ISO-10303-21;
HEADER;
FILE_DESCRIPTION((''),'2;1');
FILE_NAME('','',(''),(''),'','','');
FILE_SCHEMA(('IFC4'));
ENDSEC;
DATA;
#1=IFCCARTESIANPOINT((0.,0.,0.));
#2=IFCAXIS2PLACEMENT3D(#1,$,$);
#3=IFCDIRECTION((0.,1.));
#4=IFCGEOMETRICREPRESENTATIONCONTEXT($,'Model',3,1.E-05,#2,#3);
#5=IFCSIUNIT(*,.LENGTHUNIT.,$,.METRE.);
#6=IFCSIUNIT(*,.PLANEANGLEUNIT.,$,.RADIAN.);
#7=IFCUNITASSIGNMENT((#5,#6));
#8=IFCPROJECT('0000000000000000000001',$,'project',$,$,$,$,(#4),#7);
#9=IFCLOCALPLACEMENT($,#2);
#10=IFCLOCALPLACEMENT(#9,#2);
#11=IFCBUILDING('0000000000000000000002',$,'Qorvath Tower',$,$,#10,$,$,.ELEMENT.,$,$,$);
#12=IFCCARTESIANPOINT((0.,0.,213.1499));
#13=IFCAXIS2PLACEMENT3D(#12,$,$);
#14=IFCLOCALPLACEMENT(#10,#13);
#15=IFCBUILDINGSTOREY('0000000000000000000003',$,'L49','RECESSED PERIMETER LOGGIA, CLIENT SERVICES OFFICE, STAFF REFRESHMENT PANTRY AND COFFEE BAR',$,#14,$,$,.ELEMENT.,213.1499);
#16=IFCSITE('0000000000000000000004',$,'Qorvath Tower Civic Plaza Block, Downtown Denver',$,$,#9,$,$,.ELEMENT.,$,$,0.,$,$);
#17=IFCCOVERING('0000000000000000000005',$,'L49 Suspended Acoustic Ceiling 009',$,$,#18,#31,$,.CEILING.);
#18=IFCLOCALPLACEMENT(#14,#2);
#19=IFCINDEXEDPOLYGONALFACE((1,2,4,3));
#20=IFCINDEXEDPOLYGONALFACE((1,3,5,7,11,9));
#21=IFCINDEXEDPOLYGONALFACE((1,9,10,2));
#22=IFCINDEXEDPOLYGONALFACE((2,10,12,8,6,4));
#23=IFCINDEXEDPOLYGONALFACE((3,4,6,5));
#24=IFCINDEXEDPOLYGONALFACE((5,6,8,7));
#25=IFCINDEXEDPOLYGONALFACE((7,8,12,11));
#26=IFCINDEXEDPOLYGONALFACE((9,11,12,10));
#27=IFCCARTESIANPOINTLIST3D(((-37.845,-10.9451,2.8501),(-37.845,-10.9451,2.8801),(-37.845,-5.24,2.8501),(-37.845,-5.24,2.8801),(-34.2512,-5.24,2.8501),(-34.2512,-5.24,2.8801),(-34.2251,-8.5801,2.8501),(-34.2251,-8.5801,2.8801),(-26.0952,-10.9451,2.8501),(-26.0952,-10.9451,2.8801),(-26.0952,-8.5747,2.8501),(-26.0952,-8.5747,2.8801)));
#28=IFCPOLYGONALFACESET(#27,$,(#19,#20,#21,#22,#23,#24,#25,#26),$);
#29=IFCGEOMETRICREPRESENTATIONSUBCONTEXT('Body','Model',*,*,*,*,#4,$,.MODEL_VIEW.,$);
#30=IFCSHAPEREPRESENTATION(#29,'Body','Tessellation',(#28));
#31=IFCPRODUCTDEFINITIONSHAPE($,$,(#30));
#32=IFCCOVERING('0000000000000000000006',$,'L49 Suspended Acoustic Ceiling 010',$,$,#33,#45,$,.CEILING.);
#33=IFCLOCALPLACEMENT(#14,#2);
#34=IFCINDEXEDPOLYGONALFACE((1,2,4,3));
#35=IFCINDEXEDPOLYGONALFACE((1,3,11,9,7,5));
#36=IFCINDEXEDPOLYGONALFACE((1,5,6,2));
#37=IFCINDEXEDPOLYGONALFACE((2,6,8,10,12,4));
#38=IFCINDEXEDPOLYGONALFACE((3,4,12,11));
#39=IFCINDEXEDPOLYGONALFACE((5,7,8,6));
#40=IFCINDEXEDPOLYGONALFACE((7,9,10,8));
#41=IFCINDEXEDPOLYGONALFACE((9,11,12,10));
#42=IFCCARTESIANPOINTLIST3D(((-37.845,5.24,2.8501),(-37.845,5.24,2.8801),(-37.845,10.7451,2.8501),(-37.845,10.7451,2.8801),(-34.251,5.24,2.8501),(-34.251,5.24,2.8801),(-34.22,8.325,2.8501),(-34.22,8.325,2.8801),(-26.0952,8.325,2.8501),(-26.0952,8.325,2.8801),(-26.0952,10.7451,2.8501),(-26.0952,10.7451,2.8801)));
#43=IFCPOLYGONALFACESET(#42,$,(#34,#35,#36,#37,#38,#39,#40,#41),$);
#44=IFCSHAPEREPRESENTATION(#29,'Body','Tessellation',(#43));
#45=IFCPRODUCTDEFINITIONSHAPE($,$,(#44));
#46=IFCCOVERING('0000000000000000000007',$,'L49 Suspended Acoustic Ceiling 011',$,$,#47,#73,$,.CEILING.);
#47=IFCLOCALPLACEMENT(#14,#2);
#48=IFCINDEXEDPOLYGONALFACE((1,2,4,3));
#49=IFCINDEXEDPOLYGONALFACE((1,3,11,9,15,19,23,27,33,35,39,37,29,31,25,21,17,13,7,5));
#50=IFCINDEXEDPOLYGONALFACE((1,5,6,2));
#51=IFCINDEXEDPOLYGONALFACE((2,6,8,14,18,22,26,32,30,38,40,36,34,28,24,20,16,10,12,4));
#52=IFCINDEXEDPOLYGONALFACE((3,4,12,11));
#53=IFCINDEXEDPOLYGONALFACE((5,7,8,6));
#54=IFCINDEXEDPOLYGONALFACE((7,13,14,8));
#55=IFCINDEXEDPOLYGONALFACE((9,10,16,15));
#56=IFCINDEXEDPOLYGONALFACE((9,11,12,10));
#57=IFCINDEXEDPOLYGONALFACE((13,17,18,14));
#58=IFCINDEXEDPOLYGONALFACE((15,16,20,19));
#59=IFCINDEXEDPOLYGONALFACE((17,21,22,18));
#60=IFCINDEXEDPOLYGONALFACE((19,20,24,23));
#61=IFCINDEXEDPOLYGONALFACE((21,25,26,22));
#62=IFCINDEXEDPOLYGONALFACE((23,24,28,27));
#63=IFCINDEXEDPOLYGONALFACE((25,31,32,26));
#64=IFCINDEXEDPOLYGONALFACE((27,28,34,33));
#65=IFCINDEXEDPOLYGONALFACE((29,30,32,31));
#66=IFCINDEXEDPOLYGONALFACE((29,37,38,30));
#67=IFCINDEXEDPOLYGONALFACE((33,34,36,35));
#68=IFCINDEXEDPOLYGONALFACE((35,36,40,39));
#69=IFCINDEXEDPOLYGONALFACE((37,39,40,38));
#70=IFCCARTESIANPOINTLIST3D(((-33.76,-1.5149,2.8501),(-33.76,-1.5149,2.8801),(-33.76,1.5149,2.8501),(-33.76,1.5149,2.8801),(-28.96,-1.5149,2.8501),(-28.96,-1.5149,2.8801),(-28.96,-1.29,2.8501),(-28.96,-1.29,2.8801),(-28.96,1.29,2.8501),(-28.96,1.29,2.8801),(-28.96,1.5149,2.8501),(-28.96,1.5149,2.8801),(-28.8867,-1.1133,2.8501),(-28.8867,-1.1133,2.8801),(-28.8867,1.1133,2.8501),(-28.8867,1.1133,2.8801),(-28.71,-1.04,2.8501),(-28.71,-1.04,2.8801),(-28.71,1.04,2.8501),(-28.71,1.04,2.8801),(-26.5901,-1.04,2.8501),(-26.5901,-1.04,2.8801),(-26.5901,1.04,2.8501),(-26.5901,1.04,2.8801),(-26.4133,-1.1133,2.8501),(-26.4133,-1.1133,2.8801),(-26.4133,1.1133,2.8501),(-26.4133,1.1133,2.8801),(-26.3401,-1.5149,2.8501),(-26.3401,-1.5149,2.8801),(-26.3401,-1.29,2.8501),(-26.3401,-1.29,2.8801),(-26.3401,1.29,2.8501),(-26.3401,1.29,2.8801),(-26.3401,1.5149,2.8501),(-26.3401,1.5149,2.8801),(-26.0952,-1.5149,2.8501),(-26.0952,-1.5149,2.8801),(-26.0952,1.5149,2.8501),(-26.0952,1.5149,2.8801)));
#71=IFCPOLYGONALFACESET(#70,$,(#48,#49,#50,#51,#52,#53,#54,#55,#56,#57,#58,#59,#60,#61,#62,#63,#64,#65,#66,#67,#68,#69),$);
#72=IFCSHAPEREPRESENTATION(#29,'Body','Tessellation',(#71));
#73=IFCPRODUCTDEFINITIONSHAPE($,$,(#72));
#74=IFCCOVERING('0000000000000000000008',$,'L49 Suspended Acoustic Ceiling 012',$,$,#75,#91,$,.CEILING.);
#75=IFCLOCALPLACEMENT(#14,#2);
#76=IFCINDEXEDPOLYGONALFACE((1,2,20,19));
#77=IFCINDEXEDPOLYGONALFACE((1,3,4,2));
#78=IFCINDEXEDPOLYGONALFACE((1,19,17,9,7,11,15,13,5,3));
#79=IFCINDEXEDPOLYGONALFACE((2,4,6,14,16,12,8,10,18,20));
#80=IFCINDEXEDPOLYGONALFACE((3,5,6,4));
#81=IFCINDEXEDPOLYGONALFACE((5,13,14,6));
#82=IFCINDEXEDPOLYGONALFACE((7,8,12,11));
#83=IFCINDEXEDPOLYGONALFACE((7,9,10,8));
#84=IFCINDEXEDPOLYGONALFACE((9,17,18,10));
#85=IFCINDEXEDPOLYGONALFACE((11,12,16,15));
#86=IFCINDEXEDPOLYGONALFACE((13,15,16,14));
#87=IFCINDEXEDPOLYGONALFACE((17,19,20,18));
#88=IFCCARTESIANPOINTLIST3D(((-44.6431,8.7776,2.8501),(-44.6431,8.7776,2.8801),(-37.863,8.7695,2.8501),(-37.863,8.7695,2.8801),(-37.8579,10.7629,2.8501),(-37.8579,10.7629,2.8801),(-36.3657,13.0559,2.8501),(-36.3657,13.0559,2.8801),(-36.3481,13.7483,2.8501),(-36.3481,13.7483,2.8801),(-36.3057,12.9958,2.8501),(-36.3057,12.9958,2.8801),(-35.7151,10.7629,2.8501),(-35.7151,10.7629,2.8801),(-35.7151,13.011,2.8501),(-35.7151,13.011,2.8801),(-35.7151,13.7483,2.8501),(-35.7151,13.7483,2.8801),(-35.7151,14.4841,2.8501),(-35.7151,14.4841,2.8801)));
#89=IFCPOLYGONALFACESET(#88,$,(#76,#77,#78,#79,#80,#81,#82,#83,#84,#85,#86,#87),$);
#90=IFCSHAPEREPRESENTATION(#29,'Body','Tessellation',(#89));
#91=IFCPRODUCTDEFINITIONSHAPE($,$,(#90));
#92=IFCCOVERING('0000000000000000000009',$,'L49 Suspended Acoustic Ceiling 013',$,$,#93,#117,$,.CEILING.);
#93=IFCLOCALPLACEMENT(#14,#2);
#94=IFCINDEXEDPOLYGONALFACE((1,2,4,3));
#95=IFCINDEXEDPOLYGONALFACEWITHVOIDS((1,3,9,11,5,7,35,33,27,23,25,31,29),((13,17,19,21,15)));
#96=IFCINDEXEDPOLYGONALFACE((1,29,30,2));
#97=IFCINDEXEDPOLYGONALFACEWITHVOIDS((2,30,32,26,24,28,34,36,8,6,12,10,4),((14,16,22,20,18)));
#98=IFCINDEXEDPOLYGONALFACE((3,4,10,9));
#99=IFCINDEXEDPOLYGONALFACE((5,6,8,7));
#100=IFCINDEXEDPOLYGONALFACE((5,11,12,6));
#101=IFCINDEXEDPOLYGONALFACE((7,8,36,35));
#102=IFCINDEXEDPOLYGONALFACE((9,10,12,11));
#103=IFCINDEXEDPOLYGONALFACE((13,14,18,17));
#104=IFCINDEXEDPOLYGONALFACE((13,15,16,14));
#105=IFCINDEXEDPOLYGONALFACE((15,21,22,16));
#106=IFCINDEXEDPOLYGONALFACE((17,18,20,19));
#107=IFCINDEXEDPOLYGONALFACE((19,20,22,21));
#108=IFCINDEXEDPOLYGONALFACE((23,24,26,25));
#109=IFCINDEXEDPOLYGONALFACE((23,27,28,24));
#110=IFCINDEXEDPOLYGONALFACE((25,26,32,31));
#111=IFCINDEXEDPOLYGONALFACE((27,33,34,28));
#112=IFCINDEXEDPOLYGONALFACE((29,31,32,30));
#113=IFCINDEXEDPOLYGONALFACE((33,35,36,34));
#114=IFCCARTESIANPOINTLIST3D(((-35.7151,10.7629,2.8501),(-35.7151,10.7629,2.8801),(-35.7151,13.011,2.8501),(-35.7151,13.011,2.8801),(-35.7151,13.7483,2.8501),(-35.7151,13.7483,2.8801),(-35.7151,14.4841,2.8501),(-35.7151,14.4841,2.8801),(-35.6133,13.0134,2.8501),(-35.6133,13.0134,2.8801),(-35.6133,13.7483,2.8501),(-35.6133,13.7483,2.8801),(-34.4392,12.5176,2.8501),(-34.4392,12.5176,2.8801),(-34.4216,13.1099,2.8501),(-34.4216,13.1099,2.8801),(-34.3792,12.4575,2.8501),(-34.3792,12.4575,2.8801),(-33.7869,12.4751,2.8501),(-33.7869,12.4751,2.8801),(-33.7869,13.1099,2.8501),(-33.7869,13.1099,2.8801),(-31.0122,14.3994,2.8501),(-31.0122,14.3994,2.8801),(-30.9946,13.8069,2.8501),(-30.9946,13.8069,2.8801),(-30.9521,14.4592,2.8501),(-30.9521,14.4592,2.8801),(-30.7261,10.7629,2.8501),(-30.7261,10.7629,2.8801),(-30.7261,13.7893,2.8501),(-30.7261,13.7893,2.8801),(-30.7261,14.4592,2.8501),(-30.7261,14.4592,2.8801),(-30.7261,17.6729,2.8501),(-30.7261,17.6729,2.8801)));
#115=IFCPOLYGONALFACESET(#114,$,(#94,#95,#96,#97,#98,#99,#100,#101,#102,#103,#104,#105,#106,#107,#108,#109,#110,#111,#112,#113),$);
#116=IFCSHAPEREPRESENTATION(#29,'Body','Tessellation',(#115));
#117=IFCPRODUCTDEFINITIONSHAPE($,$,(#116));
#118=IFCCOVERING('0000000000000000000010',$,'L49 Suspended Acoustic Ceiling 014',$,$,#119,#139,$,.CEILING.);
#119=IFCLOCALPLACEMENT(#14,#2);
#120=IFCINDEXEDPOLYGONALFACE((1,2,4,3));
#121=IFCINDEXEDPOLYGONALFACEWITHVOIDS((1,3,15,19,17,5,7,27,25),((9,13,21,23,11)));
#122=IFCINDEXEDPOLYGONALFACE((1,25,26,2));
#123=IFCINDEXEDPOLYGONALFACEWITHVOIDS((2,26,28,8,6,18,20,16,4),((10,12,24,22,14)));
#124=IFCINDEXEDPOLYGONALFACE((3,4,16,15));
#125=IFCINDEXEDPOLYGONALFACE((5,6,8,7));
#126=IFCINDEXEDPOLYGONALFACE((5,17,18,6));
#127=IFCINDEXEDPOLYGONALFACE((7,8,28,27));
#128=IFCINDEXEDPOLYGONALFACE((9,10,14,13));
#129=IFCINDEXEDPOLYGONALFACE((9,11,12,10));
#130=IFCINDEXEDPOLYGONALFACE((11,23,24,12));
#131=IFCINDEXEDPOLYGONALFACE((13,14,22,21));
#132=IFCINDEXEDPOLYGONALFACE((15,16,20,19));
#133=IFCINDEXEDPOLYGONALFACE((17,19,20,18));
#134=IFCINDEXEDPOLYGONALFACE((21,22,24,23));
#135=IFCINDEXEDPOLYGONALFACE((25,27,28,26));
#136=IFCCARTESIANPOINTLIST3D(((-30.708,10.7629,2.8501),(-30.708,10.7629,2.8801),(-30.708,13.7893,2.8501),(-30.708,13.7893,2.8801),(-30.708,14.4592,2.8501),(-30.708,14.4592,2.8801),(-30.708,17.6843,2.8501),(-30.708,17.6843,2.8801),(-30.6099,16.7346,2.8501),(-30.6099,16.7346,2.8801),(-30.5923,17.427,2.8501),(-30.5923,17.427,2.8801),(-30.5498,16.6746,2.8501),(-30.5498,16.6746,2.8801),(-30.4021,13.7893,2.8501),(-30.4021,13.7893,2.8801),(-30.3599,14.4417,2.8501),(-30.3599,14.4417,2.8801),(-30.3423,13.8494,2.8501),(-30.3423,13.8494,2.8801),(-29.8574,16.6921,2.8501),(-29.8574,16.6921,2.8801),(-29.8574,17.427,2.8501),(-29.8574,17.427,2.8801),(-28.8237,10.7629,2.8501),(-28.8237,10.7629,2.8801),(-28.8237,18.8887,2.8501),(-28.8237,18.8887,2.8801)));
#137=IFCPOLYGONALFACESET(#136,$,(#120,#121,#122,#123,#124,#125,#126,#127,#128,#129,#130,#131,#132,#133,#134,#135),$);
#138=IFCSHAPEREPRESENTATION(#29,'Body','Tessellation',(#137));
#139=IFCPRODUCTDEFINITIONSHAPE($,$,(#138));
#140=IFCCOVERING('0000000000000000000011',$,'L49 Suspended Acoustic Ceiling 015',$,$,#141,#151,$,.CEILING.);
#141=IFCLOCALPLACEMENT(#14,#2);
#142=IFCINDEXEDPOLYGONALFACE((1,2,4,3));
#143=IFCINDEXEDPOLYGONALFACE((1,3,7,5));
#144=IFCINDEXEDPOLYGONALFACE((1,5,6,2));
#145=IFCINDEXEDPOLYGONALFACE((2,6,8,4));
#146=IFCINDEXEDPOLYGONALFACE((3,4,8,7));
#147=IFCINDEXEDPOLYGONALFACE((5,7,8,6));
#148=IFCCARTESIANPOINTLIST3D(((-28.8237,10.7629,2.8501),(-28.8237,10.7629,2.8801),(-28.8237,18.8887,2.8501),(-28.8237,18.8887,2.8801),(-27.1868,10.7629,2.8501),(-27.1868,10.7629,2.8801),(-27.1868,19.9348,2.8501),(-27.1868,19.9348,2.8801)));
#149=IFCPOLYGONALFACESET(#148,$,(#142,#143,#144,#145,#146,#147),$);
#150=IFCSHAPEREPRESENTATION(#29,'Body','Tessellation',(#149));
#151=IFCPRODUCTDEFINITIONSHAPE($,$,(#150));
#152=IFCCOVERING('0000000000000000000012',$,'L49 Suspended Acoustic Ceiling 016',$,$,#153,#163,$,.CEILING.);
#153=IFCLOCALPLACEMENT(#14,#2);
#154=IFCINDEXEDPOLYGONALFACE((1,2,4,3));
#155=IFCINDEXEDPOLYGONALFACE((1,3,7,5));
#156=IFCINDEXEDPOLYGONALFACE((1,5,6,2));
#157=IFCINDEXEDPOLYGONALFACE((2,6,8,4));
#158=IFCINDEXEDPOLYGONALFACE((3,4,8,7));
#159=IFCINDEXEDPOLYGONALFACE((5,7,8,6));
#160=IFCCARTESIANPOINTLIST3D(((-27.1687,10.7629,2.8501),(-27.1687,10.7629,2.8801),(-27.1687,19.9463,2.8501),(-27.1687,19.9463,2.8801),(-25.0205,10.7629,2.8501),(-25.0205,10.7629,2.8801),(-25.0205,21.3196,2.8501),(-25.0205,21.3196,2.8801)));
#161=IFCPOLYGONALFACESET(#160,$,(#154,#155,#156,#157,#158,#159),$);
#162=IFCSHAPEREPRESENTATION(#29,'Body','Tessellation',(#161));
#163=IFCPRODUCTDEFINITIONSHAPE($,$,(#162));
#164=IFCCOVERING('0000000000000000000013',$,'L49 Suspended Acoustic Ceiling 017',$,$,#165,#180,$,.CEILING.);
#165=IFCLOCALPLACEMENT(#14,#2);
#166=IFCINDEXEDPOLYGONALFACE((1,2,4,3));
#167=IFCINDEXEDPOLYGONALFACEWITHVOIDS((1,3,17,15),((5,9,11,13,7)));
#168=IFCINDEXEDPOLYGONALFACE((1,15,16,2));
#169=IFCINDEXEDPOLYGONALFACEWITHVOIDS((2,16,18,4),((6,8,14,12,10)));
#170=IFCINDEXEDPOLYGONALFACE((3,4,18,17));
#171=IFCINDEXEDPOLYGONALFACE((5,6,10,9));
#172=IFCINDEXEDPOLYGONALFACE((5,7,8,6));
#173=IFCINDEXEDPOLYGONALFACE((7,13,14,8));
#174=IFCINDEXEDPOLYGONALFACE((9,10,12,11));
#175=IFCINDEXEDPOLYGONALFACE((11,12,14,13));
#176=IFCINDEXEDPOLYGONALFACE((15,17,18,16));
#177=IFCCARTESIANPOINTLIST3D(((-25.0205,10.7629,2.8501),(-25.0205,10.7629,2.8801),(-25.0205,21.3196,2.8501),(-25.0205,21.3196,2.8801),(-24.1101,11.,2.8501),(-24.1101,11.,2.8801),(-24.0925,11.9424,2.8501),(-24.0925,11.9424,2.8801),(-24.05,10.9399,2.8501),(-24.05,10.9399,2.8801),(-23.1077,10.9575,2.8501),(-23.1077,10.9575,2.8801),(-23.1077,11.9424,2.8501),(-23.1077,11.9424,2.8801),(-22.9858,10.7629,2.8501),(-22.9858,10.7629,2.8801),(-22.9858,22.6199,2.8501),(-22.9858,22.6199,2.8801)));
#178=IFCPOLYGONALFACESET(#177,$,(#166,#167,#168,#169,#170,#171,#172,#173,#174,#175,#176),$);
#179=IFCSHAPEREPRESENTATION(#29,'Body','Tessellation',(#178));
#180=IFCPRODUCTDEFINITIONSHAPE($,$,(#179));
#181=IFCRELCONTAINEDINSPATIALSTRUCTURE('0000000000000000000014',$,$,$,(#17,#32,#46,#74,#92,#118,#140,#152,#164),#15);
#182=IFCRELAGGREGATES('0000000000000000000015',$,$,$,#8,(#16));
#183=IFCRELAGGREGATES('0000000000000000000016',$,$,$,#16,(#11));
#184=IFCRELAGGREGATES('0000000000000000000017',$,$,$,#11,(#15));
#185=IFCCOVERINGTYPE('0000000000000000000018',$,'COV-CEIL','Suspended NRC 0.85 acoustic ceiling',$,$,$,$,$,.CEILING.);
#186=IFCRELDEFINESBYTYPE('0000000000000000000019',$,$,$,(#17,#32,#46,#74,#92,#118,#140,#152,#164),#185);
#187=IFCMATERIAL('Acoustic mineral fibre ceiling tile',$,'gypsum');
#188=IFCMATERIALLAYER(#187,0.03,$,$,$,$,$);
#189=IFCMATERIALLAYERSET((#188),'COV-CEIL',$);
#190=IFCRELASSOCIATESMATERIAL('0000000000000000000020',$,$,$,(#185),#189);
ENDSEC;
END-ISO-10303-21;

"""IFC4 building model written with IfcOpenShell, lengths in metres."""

from ifc_helpers import new_model, si_unit, direction, frame, origin, place, context, subcontext, project, spatial, polyline, outline, extrude, material, layer, layer_set, type_object, element, save


model = new_model("IFC4")

# Units and contexts
model_context = context("Model", 3, precision=1e-05, world=origin(), true_north=direction((0.0, 1.0)))
body_context = subcontext(model_context, "Body", "Model", "MODEL_VIEW")
ifc_project = project(units=[si_unit("LENGTHUNIT", "METRE"), si_unit("PLANEANGLEUNIT", "RADIAN")], contexts=[model_context])

# Site, building, storey
site_placement = place(None, origin())
site = spatial("IfcSite", under=ifc_project, at=site_placement, Name="Qorvath Tower Civic Plaza Block, Downtown Denver", CompositionType="ELEMENT", RefElevation=0.0)
building_placement = place(site_placement, origin())
building = spatial("IfcBuilding", under=site, at=building_placement, Name="Qorvath Tower", CompositionType="ELEMENT")
storey_placement = place(building_placement, frame((0.0, 0.0, 213.1499)))
storey = spatial("IfcBuildingStorey", under=building, at=storey_placement, Name="L49", Description="RECESSED PERIMETER LOGGIA, CLIENT SERVICES OFFICE, STAFF REFRESHMENT PANTRY AND COFFEE BAR", CompositionType="ELEMENT", Elevation=213.1499)

# Coverings
ifc_material_1 = material(Name="Acoustic mineral fibre ceiling tile", Category="gypsum")
ifc_layer_1 = layer(ifc_material_1, 0.03)
ifc_layer_set_1 = layer_set([ifc_layer_1], Name="COV-CEIL")
covering_type_1 = type_object("IfcCoveringType", Name="COV-CEIL", Description="Suspended NRC 0.85 acoustic ceiling", PredefinedType="CEILING", material=ifc_layer_set_1)
covering_1_placement = place(storey_placement, frame((0.0, 0.0, 2.8501)))
element("IfcCovering", 1, at=covering_1_placement, inside=storey, type_object=covering_type_1, Name="L49 Suspended Acoustic Ceiling 009", PredefinedType="CEILING", context=body_context, shape_type="SweptSolid", body=[
    extrude(outline(polyline([(-34.2251, -8.5801), (-34.2512, -5.24), (-37.845, -5.24), (-37.845, -10.9451), (-26.0952, -10.9451), (-26.0952, -8.5747), (-34.2251, -8.5801)])), origin(), (0.0, 0.0, 1.0), 0.03),
])
covering_2_placement = place(storey_placement, frame((0.0, 0.0, 2.8501)))
element("IfcCovering", 2, at=covering_2_placement, inside=storey, type_object=covering_type_1, Name="L49 Suspended Acoustic Ceiling 010", PredefinedType="CEILING", context=body_context, shape_type="SweptSolid", body=[
    extrude(outline(polyline([(-26.0952, 8.325), (-26.0952, 10.7451), (-37.845, 10.7451), (-37.845, 5.24), (-34.251, 5.24), (-34.22, 8.325), (-26.0952, 8.325)])), origin(), (0.0, 0.0, 1.0), 0.03),
])
covering_3_placement = place(storey_placement, frame((0.0, 0.0, 2.8501)))
element("IfcCovering", 3, at=covering_3_placement, inside=storey, type_object=covering_type_1, Name="L49 Suspended Acoustic Ceiling 011", PredefinedType="CEILING", context=body_context, shape_type="SweptSolid", body=[
    extrude(outline(polyline([(-26.0952, -1.5149), (-26.0952, 1.5149), (-26.3401, 1.5149), (-26.3401, 1.29), (-26.4133, 1.1133), (-26.5901, 1.04), (-28.71, 1.04), (-28.8867, 1.1133), (-28.96, 1.29), (-28.96, 1.5149), (-33.76, 1.5149), (-33.76, -1.5149), (-28.96, -1.5149), (-28.96, -1.29), (-28.8867, -1.1133), (-28.71, -1.04), (-26.5901, -1.04), (-26.4133, -1.1133), (-26.3401, -1.29), (-26.3401, -1.5149), (-26.0952, -1.5149)])), origin(), (0.0, 0.0, 1.0), 0.03),
])
covering_4_placement = place(storey_placement, frame((0.0, 0.0, 2.8501)))
element("IfcCovering", 4, at=covering_4_placement, inside=storey, type_object=covering_type_1, Name="L49 Suspended Acoustic Ceiling 012", PredefinedType="CEILING", context=body_context, shape_type="SweptSolid", body=[
    extrude(outline(polyline([(-35.7151, 10.7629), (-35.7151, 13.011), (-36.3057, 12.9958), (-36.3657, 13.0559), (-36.3481, 13.7483), (-35.7151, 13.7483), (-35.7151, 14.4841), (-44.6431, 8.7776), (-37.863, 8.7695), (-37.8579, 10.7629), (-35.7151, 10.7629)])), origin(), (0.0, 0.0, 1.0), 0.03),
])
covering_5_placement = place(storey_placement, frame((0.0, 0.0, 2.8501)))
element("IfcCovering", 5, at=covering_5_placement, inside=storey, type_object=covering_type_1, Name="L49 Suspended Acoustic Ceiling 013", PredefinedType="CEILING", context=body_context, shape_type="SweptSolid", body=[
    extrude(outline(polyline([(-30.7261, 14.4592), (-30.7261, 17.6729), (-35.7151, 14.4841), (-35.7151, 13.7483), (-35.6133, 13.7483), (-35.6133, 13.0134), (-35.7151, 13.011), (-35.7151, 10.7629), (-30.7261, 10.7629), (-30.7261, 13.7893), (-30.9946, 13.8069), (-31.0122, 14.3994), (-30.9521, 14.4592), (-30.7261, 14.4592)]), holes=[polyline([(-34.4392, 12.5176), (-34.4216, 13.1099), (-33.7869, 13.1099), (-33.7869, 12.4751), (-34.3792, 12.4575), (-34.4392, 12.5176)])]), origin(), (0.0, 0.0, 1.0), 0.03),
])
covering_6_placement = place(storey_placement, frame((0.0, 0.0, 2.8501)))
element("IfcCovering", 6, at=covering_6_placement, inside=storey, type_object=covering_type_1, Name="L49 Suspended Acoustic Ceiling 014", PredefinedType="CEILING", context=body_context, shape_type="SweptSolid", body=[
    extrude(outline(polyline([(-28.8237, 10.7629), (-28.8237, 18.8887), (-30.708, 17.6843), (-30.708, 14.4592), (-30.3599, 14.4417), (-30.3423, 13.8494), (-30.4021, 13.7893), (-30.708, 13.7893), (-30.708, 10.7629), (-28.8237, 10.7629)]), holes=[polyline([(-30.6099, 16.7346), (-30.5923, 17.427), (-29.8574, 17.427), (-29.8574, 16.6921), (-30.5498, 16.6746), (-30.6099, 16.7346)])]), origin(), (0.0, 0.0, 1.0), 0.03),
])
covering_7_placement = place(storey_placement, frame((0.0, 0.0, 2.8501)))
element("IfcCovering", 7, at=covering_7_placement, inside=storey, type_object=covering_type_1, Name="L49 Suspended Acoustic Ceiling 015", PredefinedType="CEILING", context=body_context, shape_type="SweptSolid", body=[
    extrude(outline(polyline([(-27.1868, 19.9348), (-28.8237, 18.8887), (-28.8237, 10.7629), (-27.1868, 10.7629), (-27.1868, 19.9348)])), origin(), (0.0, 0.0, 1.0), 0.03),
])
covering_8_placement = place(storey_placement, frame((0.0, 0.0, 2.8501)))
element("IfcCovering", 8, at=covering_8_placement, inside=storey, type_object=covering_type_1, Name="L49 Suspended Acoustic Ceiling 016", PredefinedType="CEILING", context=body_context, shape_type="SweptSolid", body=[
    extrude(outline(polyline([(-27.1687, 10.7629), (-25.0205, 10.7629), (-25.0205, 21.3196), (-27.1687, 19.9463), (-27.1687, 10.7629)])), origin(), (0.0, 0.0, 1.0), 0.03),
])
covering_9_placement = place(storey_placement, frame((0.0, 0.0, 2.8501)))
element("IfcCovering", 9, at=covering_9_placement, inside=storey, type_object=covering_type_1, Name="L49 Suspended Acoustic Ceiling 017", PredefinedType="CEILING", context=body_context, shape_type="SweptSolid", body=[
    extrude(outline(polyline([(-25.0205, 21.3196), (-25.0205, 10.7629), (-22.9858, 10.7629), (-22.9858, 22.6199), (-25.0205, 21.3196)]), holes=[polyline([(-24.1101, 11.0), (-24.0925, 11.9424), (-23.1077, 11.9424), (-23.1077, 10.9575), (-24.05, 10.9399), (-24.1101, 11.0)])]), origin(), (0.0, 0.0, 1.0), 0.03),
])

save(model, "model.ifc")
